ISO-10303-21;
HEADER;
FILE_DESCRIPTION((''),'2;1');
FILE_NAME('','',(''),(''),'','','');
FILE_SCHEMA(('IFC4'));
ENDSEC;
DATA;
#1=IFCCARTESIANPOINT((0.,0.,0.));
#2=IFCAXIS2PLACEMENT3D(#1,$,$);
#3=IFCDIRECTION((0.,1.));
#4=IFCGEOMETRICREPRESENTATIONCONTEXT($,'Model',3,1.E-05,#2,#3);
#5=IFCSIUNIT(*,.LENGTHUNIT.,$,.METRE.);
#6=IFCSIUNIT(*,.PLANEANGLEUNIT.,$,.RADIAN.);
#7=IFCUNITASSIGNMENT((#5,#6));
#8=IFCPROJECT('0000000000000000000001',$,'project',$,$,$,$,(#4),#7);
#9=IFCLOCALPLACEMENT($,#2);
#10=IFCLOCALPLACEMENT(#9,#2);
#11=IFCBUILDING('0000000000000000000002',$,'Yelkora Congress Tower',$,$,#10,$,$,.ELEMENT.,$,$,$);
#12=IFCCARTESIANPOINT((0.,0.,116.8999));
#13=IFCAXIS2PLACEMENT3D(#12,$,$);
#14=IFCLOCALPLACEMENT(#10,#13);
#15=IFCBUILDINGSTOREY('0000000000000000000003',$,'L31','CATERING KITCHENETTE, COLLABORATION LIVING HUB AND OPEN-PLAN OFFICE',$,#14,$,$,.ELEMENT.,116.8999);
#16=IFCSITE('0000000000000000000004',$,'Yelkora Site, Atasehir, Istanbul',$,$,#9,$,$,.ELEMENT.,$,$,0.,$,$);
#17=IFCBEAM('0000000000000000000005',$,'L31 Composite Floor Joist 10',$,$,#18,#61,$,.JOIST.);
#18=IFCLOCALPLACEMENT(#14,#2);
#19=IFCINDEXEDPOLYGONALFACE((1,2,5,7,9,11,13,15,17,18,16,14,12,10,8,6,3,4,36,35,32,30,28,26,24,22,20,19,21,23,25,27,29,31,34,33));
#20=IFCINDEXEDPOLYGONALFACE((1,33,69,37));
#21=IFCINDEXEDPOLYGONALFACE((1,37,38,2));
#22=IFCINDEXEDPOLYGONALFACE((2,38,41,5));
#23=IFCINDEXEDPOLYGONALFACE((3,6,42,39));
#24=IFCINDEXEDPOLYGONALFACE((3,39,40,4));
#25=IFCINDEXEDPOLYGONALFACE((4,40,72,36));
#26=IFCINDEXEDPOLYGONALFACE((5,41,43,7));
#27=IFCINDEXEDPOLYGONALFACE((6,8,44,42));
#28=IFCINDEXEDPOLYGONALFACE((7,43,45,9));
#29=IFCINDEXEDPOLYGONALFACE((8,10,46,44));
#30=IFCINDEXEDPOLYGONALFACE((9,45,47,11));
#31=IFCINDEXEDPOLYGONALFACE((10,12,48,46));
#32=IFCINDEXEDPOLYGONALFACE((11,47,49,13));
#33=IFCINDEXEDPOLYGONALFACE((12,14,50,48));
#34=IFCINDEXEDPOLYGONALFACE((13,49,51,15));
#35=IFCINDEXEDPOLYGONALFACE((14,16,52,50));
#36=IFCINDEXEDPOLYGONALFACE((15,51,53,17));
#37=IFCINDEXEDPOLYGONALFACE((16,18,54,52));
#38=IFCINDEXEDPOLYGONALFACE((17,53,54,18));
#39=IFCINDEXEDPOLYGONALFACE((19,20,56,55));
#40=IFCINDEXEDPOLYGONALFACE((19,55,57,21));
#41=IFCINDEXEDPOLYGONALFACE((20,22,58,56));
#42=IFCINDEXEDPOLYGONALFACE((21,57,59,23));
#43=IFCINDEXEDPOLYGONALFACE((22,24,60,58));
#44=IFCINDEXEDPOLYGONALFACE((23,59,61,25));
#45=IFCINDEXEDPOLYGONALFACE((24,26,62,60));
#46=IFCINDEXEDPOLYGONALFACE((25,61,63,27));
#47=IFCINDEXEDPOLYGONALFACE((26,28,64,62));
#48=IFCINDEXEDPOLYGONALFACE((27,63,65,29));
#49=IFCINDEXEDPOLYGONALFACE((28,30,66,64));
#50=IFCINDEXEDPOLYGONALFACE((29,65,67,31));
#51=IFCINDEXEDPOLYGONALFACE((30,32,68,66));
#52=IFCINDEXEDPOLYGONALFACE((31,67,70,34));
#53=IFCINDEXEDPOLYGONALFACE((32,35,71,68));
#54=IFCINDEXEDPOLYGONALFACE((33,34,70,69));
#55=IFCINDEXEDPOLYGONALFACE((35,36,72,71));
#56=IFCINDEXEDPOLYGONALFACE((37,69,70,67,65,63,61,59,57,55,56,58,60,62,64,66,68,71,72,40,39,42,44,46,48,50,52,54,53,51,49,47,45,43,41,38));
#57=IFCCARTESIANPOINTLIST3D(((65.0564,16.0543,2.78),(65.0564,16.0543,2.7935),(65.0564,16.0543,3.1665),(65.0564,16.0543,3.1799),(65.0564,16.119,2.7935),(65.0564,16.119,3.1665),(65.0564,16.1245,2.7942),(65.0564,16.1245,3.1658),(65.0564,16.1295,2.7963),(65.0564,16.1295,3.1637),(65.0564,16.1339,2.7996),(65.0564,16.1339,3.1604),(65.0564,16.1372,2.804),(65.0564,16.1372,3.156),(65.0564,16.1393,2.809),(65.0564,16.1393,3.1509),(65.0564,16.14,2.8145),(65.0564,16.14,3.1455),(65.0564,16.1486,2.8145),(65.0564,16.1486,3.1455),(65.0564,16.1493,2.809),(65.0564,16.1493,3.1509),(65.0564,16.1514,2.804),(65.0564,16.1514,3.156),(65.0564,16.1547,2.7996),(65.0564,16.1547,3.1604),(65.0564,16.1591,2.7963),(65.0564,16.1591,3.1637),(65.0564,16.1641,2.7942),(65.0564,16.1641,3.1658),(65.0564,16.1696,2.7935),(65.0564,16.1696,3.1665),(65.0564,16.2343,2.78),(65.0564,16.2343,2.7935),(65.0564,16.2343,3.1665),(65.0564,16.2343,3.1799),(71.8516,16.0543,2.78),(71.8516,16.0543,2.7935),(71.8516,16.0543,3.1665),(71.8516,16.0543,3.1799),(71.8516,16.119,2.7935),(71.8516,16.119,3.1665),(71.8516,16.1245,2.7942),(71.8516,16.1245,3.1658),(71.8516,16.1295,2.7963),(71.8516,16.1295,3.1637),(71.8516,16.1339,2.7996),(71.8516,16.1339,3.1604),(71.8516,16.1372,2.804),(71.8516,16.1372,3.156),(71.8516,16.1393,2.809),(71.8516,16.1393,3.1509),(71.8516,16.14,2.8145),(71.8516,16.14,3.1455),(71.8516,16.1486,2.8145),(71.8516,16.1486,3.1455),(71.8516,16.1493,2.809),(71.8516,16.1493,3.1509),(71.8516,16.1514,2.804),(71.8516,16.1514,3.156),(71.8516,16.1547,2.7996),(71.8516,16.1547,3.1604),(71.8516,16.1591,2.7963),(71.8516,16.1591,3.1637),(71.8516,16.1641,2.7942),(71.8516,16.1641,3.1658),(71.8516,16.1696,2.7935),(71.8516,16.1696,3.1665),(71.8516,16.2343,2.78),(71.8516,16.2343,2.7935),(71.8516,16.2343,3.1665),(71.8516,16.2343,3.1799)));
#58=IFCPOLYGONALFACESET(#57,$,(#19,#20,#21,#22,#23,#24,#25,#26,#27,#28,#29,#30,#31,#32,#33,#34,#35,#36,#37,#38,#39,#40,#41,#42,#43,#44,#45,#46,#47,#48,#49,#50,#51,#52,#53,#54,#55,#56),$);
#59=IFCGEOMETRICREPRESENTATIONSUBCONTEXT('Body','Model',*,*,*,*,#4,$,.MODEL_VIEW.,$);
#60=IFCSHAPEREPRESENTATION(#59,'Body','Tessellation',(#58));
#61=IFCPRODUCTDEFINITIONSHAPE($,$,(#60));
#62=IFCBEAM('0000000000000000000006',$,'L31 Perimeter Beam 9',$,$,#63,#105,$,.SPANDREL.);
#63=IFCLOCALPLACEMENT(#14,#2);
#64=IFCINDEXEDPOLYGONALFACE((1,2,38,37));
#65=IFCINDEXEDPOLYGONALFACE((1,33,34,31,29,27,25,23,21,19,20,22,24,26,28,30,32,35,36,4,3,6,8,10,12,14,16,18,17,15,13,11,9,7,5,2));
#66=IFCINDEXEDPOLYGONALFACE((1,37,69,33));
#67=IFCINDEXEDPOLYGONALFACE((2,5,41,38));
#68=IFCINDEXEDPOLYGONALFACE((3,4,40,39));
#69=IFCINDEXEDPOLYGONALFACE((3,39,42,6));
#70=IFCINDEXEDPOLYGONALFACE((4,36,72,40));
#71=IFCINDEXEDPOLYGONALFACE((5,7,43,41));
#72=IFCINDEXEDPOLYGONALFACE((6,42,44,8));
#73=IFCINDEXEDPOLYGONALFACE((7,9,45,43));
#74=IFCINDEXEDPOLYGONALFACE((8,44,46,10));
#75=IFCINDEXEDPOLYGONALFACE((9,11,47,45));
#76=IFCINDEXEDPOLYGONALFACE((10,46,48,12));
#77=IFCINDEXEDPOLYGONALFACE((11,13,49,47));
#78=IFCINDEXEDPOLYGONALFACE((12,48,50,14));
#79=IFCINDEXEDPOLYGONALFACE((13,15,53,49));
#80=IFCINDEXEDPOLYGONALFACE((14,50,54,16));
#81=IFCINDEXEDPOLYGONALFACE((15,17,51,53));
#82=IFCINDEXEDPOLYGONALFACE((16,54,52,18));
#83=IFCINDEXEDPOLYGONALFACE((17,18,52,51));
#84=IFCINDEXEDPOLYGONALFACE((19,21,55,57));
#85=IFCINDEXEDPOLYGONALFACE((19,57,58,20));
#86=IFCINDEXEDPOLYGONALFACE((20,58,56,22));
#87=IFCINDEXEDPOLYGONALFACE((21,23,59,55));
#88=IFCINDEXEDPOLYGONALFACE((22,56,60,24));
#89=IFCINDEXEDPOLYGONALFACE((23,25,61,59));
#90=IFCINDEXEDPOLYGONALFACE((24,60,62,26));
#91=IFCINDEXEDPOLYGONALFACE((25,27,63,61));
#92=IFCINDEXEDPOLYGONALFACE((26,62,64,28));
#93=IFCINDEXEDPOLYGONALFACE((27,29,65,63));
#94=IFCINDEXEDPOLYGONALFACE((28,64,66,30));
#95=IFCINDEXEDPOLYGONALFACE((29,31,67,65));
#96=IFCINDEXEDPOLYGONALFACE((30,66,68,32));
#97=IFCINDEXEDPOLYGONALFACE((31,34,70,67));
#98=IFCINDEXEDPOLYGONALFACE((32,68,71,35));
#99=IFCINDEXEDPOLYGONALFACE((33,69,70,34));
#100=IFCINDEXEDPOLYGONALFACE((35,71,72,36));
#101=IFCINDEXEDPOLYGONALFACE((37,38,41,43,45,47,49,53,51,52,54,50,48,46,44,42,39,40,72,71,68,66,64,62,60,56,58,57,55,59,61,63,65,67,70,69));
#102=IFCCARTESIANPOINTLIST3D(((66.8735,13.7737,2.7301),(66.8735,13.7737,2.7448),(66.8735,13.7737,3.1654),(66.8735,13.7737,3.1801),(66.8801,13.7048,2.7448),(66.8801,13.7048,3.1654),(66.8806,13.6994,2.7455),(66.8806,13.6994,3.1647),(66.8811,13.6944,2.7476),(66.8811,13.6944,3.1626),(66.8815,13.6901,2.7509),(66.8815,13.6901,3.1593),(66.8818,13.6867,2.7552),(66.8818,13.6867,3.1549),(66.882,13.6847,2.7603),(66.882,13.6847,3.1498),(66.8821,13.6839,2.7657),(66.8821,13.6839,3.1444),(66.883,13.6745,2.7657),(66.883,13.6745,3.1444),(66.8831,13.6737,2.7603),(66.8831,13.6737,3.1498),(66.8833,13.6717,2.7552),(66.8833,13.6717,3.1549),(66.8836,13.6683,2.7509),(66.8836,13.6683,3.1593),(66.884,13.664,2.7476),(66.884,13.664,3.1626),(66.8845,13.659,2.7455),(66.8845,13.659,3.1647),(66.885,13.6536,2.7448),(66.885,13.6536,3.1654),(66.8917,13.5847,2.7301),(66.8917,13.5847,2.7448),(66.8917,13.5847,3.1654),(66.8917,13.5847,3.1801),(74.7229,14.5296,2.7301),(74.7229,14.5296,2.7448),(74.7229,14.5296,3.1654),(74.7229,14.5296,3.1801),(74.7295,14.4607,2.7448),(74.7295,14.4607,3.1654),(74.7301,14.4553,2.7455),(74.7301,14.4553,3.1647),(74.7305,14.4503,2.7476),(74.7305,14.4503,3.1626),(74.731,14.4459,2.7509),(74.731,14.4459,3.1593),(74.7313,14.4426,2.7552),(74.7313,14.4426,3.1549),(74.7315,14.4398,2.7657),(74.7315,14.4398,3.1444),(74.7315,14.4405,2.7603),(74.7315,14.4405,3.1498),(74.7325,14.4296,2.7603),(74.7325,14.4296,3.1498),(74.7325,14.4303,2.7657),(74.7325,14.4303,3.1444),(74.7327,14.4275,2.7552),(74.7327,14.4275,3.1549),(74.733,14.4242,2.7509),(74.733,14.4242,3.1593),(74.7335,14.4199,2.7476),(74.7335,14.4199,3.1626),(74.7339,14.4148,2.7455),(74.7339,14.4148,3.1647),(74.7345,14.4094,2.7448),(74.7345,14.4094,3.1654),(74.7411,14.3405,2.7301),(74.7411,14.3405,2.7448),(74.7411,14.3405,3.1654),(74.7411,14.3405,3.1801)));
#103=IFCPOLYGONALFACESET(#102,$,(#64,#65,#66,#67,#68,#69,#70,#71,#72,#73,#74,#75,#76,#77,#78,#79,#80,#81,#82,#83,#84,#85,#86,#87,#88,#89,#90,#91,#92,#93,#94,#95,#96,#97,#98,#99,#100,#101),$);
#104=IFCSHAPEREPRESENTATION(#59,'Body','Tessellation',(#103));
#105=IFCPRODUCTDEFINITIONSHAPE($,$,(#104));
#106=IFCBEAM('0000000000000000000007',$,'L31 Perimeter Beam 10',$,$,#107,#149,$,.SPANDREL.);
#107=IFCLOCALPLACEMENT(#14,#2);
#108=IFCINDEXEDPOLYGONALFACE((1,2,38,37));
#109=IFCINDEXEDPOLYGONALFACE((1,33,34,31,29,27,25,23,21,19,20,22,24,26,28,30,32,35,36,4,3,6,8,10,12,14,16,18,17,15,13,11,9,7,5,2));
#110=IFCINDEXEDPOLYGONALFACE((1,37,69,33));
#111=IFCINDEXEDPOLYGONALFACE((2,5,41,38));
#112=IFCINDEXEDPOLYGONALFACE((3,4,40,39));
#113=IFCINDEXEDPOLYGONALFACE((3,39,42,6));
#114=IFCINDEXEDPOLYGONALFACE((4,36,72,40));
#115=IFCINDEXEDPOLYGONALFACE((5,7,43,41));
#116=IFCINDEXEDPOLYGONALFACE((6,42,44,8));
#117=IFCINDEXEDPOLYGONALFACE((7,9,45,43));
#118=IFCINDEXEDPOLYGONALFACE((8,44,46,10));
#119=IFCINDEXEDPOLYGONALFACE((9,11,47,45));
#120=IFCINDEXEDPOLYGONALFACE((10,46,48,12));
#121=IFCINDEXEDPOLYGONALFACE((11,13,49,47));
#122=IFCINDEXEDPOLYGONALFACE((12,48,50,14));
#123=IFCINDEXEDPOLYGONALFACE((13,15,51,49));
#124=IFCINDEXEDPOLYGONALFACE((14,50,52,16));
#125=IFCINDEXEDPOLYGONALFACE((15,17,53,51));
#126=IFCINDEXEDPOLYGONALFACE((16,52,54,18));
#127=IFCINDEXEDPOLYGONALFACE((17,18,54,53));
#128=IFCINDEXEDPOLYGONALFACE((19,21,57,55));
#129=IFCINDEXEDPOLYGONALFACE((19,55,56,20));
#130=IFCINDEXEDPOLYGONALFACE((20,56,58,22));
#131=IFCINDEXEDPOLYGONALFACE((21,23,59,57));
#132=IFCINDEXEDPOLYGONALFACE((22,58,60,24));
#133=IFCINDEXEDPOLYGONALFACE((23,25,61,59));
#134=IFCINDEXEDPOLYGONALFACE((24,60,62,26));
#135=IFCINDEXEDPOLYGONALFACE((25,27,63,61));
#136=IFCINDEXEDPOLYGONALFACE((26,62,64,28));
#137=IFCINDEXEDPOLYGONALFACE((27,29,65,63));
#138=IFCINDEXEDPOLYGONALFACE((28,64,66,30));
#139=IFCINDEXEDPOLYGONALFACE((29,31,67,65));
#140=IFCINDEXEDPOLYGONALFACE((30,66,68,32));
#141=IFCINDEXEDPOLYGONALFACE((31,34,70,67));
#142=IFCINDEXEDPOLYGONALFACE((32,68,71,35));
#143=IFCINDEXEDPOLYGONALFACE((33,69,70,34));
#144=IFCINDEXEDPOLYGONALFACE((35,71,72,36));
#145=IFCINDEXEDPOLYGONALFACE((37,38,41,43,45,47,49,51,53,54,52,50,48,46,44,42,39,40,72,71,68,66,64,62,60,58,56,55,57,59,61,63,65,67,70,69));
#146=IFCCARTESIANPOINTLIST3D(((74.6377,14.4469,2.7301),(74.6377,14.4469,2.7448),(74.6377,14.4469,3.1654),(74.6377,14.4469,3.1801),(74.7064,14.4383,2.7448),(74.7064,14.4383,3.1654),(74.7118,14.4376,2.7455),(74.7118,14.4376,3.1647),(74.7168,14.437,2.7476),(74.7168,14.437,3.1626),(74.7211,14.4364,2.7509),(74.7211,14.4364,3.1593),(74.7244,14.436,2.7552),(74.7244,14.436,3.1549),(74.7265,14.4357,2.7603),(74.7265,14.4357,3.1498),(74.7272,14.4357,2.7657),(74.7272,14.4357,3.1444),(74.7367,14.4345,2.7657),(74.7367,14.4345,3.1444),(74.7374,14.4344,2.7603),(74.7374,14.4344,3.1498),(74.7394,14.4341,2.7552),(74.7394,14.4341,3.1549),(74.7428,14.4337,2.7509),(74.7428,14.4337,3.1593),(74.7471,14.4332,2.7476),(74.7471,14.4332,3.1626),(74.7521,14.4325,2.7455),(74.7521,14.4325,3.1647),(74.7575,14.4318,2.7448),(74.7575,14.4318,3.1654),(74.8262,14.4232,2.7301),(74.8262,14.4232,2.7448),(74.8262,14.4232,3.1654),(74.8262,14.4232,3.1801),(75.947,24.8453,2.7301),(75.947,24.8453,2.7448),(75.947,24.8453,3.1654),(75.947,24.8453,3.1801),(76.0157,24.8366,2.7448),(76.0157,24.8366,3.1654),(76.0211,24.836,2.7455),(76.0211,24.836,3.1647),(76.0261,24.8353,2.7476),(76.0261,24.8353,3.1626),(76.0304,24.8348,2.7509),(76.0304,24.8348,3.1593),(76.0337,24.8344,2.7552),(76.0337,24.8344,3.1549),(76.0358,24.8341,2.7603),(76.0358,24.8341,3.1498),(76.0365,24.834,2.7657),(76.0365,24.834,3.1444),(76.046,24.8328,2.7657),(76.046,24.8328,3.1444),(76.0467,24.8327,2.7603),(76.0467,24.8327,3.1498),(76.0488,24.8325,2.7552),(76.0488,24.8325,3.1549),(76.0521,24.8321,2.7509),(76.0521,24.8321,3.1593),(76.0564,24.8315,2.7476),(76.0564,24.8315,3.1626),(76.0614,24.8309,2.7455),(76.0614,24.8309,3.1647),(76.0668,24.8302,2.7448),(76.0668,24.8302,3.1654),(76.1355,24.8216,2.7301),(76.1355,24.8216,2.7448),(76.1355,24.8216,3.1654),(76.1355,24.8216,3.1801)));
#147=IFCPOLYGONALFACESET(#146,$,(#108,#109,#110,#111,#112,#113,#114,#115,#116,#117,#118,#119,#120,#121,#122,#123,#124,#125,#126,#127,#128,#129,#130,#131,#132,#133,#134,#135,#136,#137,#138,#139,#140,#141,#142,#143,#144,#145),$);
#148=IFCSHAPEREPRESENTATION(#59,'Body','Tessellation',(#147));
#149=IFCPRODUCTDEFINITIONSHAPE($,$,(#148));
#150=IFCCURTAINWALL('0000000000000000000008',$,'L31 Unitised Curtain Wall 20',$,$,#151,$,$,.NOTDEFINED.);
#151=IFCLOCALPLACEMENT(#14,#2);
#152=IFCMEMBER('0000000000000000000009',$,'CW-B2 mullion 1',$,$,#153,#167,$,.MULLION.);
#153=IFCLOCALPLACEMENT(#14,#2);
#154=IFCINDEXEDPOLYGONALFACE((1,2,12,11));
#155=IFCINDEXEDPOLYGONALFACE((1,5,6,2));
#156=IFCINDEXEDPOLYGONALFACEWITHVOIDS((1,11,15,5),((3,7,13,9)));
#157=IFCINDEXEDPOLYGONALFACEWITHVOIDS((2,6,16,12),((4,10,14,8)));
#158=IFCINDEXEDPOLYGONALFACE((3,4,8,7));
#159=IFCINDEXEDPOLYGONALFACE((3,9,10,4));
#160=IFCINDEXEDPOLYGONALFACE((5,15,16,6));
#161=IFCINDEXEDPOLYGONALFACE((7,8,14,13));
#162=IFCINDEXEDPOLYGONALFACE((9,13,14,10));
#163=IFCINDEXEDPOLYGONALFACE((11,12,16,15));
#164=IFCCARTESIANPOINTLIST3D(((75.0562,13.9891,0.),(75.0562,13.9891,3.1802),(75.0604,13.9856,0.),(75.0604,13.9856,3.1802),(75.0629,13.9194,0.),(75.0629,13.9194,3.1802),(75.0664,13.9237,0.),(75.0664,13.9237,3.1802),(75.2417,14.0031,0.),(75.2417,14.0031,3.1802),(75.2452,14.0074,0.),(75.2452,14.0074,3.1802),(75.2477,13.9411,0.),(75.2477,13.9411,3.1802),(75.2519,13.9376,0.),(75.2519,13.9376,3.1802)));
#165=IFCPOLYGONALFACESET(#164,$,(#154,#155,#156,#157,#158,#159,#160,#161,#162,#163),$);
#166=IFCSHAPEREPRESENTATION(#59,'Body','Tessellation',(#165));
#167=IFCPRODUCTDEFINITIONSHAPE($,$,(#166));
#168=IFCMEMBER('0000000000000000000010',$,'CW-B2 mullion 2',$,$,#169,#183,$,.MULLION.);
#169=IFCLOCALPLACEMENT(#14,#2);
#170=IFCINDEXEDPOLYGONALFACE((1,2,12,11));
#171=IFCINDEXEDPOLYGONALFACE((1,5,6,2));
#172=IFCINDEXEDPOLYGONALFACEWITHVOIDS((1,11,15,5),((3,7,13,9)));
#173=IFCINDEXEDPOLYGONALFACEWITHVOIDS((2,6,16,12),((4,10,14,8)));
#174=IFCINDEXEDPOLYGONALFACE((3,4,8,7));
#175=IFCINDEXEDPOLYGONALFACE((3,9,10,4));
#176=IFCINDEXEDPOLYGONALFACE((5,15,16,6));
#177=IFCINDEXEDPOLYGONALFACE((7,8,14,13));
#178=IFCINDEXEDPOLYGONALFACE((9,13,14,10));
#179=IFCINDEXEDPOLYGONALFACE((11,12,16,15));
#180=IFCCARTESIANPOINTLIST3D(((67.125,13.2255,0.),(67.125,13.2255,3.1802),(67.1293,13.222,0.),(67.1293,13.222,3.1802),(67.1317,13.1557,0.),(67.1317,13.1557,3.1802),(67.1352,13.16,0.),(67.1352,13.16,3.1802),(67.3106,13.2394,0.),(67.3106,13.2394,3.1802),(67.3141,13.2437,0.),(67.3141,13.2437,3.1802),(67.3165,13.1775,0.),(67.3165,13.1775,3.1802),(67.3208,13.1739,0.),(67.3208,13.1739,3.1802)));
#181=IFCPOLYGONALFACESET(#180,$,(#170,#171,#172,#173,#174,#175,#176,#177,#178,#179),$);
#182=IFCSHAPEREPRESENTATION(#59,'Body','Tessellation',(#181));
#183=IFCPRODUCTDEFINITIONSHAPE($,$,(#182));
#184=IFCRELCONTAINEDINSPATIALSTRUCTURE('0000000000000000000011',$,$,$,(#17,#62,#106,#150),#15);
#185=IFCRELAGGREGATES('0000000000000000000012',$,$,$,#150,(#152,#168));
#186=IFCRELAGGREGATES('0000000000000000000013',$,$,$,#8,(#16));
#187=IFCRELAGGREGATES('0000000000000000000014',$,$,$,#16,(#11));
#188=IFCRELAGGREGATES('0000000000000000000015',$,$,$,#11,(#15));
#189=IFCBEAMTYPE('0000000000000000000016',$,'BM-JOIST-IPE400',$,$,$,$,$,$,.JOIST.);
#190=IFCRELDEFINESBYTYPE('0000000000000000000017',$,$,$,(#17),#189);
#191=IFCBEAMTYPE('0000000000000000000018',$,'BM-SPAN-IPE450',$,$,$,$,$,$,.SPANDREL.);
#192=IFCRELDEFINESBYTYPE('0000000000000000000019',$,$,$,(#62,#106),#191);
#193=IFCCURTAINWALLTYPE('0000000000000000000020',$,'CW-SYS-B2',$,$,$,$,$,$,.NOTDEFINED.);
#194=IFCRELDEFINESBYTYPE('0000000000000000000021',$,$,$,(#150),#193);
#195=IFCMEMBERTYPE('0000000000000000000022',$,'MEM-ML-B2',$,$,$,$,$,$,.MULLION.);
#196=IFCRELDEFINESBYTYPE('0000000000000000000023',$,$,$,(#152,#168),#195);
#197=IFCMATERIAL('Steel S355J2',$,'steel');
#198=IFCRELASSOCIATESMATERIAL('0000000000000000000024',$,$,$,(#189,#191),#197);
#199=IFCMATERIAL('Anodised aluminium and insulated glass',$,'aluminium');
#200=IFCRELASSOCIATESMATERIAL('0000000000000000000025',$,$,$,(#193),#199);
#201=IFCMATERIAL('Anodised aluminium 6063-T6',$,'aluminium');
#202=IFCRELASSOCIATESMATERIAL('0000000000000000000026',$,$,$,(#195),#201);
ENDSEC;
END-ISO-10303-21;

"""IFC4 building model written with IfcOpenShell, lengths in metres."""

from ifc_helpers import new_model, si_unit, direction, frame, origin, origin_2d, place, context, subcontext, project, spatial, hollow_rectangle, i_section, extrude, material, material_profile, profile_set, type_object, element, aggregate, save


model = new_model("IFC4")

# Units and contexts
model_context = context("Model", 3, precision=1e-05, world=origin(), true_north=direction((0.0, 1.0)))
body_context = subcontext(model_context, "Body", "Model", "MODEL_VIEW")
ifc_project = project(units=[si_unit("LENGTHUNIT", "METRE"), si_unit("PLANEANGLEUNIT", "RADIAN")], contexts=[model_context])

# Site, building, storey
site_placement = place(None, origin())
site = spatial("IfcSite", under=ifc_project, at=site_placement, Name="Yelkora Site, Atasehir, Istanbul", CompositionType="ELEMENT", RefElevation=0.0)
building_placement = place(site_placement, origin())
building = spatial("IfcBuilding", under=site, at=building_placement, Name="Yelkora Congress Tower", CompositionType="ELEMENT")
storey_placement = place(building_placement, frame((0.0, 0.0, 116.8999)))
storey = spatial("IfcBuildingStorey", under=building, at=storey_placement, Name="L31", Description="CATERING KITCHENETTE, COLLABORATION LIVING HUB AND OPEN-PLAN OFFICE", CompositionType="ELEMENT", Elevation=116.8999)

# Beams
ifc_material_1 = material(Name="Steel S355J2", Category="steel")
ifc_material_profile_1 = material_profile(ifc_material_1, i_section(OverallWidth=0.1799, OverallDepth=0.3999, WebThickness=0.0085, FlangeThickness=0.0134, FilletRadius=0.021, at=origin_2d()), Name="IPE 400")
ifc_profile_set_1 = profile_set([ifc_material_profile_1], Name="Steel S355J2")
beam_type_1 = type_object("IfcBeamType", Name="BM-JOIST-IPE400", PredefinedType="JOIST", material=ifc_profile_set_1)
beam_1_placement = place(storey_placement, frame((65.0564, 16.1443, 2.98), z_axis=(1.0, 0.0, 0.0), x_axis=(0.0, 1.0, 0.0)))
element("IfcBeam", 1, at=beam_1_placement, inside=storey, type_object=beam_type_1, Name="L31 Composite Floor Joist 10", PredefinedType="JOIST", context=body_context, shape_type="SweptSolid", body=[
    extrude(i_section(OverallWidth=0.1799, OverallDepth=0.3999, WebThickness=0.0085, FlangeThickness=0.0134, FilletRadius=0.021, at=origin_2d()), origin(), (0.0, 0.0, 1.0), 6.7952),
])
ifc_material_profile_2 = material_profile(ifc_material_1, i_section(OverallWidth=0.1899, OverallDepth=0.45, WebThickness=0.0095, FlangeThickness=0.0146, FilletRadius=0.021, at=origin_2d()), Name="IPE 450")
ifc_profile_set_2 = profile_set([ifc_material_profile_2], Name="Steel S355J2")
beam_type_2 = type_object("IfcBeamType", Name="BM-SPAN-IPE450", PredefinedType="SPANDREL", material=ifc_profile_set_2)
beam_2_placement = place(storey_placement, frame((66.8826, 13.6792, 2.9551), z_axis=(0.995396, 0.095852, 0.0), x_axis=(-0.095852, 0.995396, 0.0)))
element("IfcBeam", 2, at=beam_2_placement, inside=storey, type_object=beam_type_2, Name="L31 Perimeter Beam 9", PredefinedType="SPANDREL", context=body_context, shape_type="SweptSolid", body=[
    extrude(i_section(OverallWidth=0.1899, OverallDepth=0.45, WebThickness=0.0095, FlangeThickness=0.0146, FilletRadius=0.021, at=origin_2d()), origin(), (0.0, 0.0, 1.0), 7.8857),
])
beam_3_placement = place(storey_placement, frame((74.7319, 14.4351, 2.9551), z_axis=(0.124929, 0.992166, 0.0), x_axis=(-0.992166, 0.124929, 0.0)))
element("IfcBeam", 3, at=beam_3_placement, inside=storey, type_object=beam_type_2, Name="L31 Perimeter Beam 10", PredefinedType="SPANDREL", context=body_context, shape_type="SweptSolid", body=[
    extrude(i_section(OverallWidth=0.1899, OverallDepth=0.45, WebThickness=0.0095, FlangeThickness=0.0146, FilletRadius=0.021, at=origin_2d()), origin(), (0.0, 0.0, 1.0), 10.4805),
])

# Curtain wall, members
ifc_material_2 = material(Name="Anodised aluminium and insulated glass", Category="aluminium")
curtain_wall_type = type_object("IfcCurtainWallType", Name="CW-SYS-B2", PredefinedType="NOTDEFINED", material=ifc_material_2)
curtain_wall_placement = place(storey_placement, origin())
curtain_wall = element("IfcCurtainWall", 4, at=curtain_wall_placement, inside=storey, type_object=curtain_wall_type, Name="L31 Unitised Curtain Wall 20", PredefinedType="NOTDEFINED")
ifc_material_3 = material(Name="Anodised aluminium 6063-T6", Category="aluminium")
ifc_material_profile_3 = material_profile(ifc_material_3, hollow_rectangle(XDim=0.0701, YDim=0.1899, WallThickness=0.0039, at=origin_2d()), Name="ALU 70x190x4")
ifc_profile_set_3 = profile_set([ifc_material_profile_3], Name="Anodised aluminium 6063-T6")
member_type_1 = type_object("IfcMemberType", Name="MEM-ML-B2", PredefinedType="MULLION", material=ifc_profile_set_3)
member_1_placement = place(storey_placement, frame((75.1541, 13.9634, 0.0), z_axis=(0.0, 0.0, 1.0), x_axis=(0.095844, -0.995396, 0.0)))
member_1 = element("IfcMember", 5, at=member_1_placement, type_object=member_type_1, Name="CW-B2 mullion 1", PredefinedType="MULLION", context=body_context, shape_type="SweptSolid", body=[
    extrude(hollow_rectangle(XDim=0.0701, YDim=0.1899, WallThickness=0.0039, at=origin_2d()), origin(), (0.0, 0.0, 1.0), 3.1802),
])
member_2_placement = place(storey_placement, frame((67.2229, 13.1997, 0.0), z_axis=(0.0, 0.0, 1.0), x_axis=(0.095844, -0.995396, 0.0)))
member_2 = element("IfcMember", 6, at=member_2_placement, type_object=member_type_1, Name="CW-B2 mullion 2", PredefinedType="MULLION", context=body_context, shape_type="SweptSolid", body=[
    extrude(hollow_rectangle(XDim=0.0701, YDim=0.1899, WallThickness=0.0039, at=origin_2d()), origin(), (0.0, 0.0, 1.0), 3.1802),
])
aggregate(curtain_wall, [member_1, member_2])

save(model, "model.ifc")
